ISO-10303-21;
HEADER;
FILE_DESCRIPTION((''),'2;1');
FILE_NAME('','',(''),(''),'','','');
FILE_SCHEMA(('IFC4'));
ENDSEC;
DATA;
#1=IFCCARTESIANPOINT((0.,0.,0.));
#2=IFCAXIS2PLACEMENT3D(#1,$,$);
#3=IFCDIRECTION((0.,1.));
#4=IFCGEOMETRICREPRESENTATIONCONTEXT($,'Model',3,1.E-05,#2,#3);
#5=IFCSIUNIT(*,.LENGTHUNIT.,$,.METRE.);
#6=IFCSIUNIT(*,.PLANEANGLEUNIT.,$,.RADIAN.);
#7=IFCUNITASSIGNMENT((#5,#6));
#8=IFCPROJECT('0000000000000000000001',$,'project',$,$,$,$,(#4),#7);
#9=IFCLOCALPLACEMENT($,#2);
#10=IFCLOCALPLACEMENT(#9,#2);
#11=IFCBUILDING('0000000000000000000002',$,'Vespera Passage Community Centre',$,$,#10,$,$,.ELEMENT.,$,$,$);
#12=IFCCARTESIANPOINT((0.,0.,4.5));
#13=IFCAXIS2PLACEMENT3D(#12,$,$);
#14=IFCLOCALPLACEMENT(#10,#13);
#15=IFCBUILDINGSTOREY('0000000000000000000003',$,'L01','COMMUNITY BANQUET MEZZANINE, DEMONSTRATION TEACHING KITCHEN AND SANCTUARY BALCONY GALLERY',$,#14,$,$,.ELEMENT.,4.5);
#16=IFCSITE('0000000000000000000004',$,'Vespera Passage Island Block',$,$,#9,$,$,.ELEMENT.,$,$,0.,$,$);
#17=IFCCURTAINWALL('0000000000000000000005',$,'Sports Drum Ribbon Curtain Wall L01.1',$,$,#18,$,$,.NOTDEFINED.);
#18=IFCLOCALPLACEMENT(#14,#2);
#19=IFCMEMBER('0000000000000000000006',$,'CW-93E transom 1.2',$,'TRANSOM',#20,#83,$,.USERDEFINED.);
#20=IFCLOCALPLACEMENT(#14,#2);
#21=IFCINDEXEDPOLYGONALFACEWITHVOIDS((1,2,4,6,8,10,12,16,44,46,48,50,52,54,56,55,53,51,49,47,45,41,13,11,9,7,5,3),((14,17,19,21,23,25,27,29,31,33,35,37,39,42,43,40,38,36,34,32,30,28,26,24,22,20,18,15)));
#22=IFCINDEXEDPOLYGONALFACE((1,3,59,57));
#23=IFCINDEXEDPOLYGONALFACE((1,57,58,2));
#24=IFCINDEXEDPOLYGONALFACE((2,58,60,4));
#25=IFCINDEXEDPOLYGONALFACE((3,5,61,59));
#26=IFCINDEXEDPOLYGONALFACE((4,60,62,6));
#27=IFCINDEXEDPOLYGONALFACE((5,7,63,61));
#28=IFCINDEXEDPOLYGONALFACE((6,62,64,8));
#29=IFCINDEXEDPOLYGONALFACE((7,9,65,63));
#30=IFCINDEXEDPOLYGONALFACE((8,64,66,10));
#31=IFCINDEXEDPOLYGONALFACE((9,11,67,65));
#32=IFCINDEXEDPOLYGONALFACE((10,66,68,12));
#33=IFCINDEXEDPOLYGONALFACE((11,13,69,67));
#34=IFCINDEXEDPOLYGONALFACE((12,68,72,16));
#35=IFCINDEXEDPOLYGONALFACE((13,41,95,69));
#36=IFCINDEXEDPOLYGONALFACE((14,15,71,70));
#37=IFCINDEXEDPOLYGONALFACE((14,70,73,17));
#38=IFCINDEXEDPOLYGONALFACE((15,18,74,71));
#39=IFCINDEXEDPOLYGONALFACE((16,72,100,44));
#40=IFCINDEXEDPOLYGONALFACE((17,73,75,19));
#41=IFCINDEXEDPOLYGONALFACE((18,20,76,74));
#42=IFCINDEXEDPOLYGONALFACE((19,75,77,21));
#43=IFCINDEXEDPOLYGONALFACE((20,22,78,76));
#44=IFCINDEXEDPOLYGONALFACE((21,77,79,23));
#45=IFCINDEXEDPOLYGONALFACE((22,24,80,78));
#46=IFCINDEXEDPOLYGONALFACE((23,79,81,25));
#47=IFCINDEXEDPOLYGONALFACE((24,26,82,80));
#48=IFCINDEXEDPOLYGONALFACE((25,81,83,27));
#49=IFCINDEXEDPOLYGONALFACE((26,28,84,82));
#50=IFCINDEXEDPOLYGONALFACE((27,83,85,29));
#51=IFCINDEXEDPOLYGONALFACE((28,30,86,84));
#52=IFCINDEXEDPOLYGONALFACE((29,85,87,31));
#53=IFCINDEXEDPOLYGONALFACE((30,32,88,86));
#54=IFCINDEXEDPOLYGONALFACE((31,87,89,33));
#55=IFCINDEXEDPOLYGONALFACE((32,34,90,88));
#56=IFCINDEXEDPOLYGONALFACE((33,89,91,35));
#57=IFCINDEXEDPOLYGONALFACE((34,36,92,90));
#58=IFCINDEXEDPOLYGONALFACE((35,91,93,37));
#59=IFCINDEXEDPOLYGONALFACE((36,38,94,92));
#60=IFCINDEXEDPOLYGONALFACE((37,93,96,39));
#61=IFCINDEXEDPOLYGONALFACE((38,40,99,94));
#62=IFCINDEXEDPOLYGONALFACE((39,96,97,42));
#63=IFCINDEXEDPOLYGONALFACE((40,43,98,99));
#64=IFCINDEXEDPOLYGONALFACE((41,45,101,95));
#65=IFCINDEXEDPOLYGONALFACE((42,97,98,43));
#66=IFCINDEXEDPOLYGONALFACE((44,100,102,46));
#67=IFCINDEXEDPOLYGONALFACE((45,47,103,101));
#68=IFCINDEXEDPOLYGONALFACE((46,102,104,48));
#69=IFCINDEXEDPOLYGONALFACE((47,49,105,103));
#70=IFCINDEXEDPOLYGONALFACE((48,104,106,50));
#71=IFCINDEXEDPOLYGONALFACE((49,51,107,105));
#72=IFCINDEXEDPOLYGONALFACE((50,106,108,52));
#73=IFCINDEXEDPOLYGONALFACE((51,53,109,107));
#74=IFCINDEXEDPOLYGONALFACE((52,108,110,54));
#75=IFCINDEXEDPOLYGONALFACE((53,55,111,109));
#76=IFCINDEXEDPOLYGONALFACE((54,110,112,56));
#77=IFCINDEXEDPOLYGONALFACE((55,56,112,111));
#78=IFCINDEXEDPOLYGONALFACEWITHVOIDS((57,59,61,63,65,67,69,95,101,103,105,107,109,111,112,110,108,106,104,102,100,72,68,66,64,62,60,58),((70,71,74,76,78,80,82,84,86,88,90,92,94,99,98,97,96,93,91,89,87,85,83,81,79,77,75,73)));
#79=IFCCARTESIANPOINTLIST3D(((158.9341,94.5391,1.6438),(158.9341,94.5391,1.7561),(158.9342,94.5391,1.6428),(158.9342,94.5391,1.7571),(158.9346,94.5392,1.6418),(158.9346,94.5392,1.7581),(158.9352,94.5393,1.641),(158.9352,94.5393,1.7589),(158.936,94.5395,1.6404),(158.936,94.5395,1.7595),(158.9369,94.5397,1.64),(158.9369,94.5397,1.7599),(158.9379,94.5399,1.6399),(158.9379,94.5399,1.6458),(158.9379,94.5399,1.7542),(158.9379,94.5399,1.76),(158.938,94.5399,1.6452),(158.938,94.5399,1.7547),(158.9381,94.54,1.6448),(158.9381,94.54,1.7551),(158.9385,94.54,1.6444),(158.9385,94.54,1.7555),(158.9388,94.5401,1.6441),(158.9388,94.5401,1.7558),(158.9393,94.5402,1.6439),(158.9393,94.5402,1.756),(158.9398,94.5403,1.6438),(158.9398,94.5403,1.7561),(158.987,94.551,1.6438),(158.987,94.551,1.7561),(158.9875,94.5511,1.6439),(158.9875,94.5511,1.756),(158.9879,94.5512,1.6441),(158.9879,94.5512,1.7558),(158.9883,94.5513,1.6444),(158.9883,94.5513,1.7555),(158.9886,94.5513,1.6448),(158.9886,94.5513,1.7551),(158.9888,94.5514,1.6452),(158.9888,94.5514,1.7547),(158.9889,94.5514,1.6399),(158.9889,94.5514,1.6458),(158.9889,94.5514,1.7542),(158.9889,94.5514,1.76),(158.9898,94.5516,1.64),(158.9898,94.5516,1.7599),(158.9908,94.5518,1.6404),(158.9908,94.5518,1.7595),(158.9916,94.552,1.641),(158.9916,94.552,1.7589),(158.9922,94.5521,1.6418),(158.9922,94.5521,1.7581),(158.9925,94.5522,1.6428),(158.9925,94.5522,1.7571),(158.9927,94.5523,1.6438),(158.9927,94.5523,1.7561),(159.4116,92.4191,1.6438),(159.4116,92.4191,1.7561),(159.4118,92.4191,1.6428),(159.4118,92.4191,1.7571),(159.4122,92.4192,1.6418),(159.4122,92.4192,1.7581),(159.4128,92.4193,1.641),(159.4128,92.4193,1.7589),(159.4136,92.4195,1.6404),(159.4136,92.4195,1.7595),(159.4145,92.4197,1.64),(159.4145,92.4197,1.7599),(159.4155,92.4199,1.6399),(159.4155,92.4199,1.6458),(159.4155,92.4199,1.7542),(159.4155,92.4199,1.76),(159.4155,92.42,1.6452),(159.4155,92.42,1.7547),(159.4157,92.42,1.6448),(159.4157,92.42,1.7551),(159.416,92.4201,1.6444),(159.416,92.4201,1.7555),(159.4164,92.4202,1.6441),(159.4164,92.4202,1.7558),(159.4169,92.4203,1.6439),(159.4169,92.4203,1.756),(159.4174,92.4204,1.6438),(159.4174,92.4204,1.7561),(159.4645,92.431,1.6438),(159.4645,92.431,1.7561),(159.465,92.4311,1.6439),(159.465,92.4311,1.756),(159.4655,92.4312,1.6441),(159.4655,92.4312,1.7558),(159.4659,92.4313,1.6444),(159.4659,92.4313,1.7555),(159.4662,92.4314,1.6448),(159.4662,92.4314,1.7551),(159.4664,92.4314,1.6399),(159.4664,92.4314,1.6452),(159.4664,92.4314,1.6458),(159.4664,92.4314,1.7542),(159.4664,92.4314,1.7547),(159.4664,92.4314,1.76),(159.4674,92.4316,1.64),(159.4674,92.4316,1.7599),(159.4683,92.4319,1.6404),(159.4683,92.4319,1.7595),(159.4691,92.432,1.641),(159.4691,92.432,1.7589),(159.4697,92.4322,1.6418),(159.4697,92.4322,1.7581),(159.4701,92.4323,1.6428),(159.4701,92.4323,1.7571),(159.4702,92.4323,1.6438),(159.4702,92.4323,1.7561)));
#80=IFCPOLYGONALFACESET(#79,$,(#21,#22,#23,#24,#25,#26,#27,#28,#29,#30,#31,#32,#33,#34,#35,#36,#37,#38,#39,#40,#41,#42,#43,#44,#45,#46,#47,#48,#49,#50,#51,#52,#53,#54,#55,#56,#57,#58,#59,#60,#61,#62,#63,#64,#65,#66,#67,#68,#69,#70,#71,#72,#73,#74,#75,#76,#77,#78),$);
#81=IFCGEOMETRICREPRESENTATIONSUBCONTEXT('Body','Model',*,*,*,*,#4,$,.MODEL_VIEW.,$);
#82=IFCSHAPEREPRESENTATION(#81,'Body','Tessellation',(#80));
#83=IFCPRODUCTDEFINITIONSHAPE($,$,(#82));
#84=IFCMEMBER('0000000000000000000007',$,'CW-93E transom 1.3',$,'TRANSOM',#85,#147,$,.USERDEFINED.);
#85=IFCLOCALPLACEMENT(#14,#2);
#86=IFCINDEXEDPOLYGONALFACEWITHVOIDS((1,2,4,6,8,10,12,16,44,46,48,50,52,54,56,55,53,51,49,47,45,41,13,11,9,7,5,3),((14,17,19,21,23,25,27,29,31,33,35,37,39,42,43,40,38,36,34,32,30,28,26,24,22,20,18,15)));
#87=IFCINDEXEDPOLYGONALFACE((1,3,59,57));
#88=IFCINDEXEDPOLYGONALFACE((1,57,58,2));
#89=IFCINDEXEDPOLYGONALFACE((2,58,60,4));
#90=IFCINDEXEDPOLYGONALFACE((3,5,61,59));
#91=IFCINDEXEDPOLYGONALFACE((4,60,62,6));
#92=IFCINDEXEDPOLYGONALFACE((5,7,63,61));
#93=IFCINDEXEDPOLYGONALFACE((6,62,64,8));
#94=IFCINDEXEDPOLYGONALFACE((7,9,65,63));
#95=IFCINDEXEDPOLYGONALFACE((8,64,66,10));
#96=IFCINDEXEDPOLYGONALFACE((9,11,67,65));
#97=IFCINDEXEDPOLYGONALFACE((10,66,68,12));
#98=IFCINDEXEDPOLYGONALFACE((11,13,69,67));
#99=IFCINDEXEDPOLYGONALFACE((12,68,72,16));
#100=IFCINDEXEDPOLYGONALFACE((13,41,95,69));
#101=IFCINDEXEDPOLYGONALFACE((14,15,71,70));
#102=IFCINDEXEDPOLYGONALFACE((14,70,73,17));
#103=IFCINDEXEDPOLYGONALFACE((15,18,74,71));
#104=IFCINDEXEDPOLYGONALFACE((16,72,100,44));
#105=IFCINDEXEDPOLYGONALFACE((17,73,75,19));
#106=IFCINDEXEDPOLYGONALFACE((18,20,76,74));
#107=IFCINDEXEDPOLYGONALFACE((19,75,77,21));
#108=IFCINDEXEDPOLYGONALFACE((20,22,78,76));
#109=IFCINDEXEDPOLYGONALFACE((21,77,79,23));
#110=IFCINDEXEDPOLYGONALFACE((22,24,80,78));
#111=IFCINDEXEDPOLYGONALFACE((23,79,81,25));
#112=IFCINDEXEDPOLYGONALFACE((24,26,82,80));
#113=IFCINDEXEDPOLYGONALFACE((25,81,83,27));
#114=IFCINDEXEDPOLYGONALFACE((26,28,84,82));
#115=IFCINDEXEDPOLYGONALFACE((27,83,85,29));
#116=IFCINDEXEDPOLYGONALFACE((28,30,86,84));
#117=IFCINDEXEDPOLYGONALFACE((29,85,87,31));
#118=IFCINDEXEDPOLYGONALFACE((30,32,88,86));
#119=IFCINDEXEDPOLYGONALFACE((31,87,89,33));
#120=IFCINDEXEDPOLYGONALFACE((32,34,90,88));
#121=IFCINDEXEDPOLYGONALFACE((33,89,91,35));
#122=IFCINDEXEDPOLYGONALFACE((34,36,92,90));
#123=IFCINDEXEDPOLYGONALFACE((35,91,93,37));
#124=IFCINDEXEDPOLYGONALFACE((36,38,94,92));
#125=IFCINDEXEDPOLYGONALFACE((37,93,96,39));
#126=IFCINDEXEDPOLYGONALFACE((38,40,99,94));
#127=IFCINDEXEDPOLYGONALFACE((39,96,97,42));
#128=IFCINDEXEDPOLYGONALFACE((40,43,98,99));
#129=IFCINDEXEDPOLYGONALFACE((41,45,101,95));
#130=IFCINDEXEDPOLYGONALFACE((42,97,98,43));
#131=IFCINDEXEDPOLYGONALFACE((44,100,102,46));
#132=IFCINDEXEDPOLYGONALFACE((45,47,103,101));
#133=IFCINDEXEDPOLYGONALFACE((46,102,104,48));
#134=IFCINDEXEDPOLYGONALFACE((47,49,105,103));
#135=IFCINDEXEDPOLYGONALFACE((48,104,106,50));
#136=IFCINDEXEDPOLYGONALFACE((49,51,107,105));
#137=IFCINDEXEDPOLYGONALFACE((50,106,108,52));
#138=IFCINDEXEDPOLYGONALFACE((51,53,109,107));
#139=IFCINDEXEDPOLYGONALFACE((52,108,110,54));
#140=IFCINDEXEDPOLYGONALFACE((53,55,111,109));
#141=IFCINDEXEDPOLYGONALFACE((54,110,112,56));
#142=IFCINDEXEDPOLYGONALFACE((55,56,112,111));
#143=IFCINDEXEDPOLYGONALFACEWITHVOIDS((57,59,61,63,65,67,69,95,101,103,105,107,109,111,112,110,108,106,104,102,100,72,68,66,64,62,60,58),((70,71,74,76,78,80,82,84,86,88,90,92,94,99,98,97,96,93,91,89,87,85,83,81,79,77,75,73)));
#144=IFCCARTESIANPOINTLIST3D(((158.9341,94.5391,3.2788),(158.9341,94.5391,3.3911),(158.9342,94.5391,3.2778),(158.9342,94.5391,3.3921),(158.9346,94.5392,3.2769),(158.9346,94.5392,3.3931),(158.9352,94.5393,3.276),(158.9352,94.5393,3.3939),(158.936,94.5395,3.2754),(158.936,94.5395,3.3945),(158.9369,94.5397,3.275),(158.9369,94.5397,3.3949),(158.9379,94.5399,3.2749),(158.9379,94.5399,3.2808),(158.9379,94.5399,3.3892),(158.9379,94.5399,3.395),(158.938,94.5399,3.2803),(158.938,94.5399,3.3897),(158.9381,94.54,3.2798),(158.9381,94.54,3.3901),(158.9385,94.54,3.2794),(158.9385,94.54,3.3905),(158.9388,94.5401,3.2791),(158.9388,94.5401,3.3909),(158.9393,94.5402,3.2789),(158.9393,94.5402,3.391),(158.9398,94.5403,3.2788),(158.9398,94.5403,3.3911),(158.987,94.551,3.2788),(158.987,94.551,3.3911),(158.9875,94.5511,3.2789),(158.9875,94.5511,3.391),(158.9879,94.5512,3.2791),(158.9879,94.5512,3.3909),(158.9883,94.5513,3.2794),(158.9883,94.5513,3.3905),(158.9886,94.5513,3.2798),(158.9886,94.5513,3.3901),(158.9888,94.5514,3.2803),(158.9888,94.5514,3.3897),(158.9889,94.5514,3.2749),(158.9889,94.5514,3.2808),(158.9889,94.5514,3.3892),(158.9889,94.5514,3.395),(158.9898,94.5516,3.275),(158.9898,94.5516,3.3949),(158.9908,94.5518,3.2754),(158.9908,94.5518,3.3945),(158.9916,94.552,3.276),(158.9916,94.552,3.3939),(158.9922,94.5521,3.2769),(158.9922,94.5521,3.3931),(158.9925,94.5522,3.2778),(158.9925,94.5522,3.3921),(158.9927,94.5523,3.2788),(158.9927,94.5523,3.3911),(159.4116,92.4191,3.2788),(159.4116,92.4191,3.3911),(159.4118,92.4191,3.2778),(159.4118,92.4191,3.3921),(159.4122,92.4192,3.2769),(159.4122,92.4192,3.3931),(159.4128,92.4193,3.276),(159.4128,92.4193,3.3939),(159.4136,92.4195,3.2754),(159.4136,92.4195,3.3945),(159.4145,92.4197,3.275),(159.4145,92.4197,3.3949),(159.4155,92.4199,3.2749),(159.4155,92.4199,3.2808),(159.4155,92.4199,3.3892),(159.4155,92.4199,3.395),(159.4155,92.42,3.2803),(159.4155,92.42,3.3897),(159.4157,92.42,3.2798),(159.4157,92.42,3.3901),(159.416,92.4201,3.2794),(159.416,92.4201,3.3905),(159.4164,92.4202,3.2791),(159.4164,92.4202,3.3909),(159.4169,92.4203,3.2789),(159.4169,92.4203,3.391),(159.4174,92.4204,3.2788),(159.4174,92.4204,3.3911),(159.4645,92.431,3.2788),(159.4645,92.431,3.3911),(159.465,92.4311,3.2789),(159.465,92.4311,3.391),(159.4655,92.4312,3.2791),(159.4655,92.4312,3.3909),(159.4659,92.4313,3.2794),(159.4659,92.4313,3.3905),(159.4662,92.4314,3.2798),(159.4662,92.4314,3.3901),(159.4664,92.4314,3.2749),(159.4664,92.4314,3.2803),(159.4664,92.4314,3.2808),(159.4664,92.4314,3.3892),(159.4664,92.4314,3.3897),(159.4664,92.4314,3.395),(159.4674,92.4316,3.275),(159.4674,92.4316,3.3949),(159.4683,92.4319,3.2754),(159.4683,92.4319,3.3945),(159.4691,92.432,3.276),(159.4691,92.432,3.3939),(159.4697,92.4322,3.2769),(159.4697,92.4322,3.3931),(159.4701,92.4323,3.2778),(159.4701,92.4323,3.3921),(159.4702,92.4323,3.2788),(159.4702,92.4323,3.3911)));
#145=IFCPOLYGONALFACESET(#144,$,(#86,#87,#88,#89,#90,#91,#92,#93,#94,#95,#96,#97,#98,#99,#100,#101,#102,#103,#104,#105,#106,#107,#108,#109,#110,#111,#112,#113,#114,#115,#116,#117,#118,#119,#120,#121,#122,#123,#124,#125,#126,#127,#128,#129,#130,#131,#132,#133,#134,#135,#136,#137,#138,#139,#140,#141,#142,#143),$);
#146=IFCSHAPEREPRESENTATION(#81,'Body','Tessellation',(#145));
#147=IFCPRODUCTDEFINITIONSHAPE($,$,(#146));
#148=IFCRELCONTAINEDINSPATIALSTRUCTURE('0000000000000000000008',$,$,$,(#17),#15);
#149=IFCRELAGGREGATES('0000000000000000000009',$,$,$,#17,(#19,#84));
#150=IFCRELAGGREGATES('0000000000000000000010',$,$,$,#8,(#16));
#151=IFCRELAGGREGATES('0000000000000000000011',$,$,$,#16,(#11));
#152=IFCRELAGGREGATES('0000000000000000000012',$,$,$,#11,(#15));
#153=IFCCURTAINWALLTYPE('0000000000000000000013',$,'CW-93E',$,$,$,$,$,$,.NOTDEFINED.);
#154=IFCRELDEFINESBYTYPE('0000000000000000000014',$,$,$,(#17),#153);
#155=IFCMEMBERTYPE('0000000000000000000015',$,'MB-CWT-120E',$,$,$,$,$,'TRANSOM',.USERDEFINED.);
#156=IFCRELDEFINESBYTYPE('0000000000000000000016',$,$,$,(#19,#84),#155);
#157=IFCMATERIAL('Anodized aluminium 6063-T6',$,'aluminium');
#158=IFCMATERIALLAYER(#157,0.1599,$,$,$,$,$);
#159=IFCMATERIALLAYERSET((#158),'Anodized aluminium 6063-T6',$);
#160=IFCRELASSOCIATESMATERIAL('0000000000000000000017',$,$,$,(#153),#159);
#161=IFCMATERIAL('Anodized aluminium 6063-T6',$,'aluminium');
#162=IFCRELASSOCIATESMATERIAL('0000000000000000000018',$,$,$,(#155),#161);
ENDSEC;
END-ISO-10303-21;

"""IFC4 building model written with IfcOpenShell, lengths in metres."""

from ifc_helpers import new_model, si_unit, direction, frame, origin, origin_2d, place, context, subcontext, project, spatial, hollow_rectangle, extrude, material, layer, layer_set, material_profile, profile_set, type_object, element, aggregate, save


model = new_model("IFC4")

# Units and contexts
model_context = context("Model", 3, precision=1e-05, world=origin(), true_north=direction((0.0, 1.0)))
body_context = subcontext(model_context, "Body", "Model", "MODEL_VIEW")
ifc_project = project(units=[si_unit("LENGTHUNIT", "METRE"), si_unit("PLANEANGLEUNIT", "RADIAN")], contexts=[model_context])

# Site, building, storey
site_placement = place(None, origin())
site = spatial("IfcSite", under=ifc_project, at=site_placement, Name="Vespera Passage Island Block", CompositionType="ELEMENT", RefElevation=0.0)
building_placement = place(site_placement, origin())
building = spatial("IfcBuilding", under=site, at=building_placement, Name="Vespera Passage Community Centre", CompositionType="ELEMENT")
storey_placement = place(building_placement, frame((0.0, 0.0, 4.5)))
storey = spatial("IfcBuildingStorey", under=building, at=storey_placement, Name="L01", Description="COMMUNITY BANQUET MEZZANINE, DEMONSTRATION TEACHING KITCHEN AND SANCTUARY BALCONY GALLERY", CompositionType="ELEMENT", Elevation=4.5)

# Curtain wall
ifc_material_1 = material(Name="Anodized aluminium 6063-T6", Category="aluminium")
ifc_layer_1 = layer(ifc_material_1, 0.1599)
ifc_layer_set_1 = layer_set([ifc_layer_1], Name="Anodized aluminium 6063-T6")
curtain_wall_type_1 = type_object("IfcCurtainWallType", Name="CW-93E", PredefinedType="NOTDEFINED", material=ifc_layer_set_1)
curtain_wall_1_placement = place(storey_placement, origin())
curtain_wall_1 = element("IfcCurtainWall", 1, at=curtain_wall_1_placement, inside=storey, type_object=curtain_wall_type_1, Name="Sports Drum Ribbon Curtain Wall L01.1", PredefinedType="NOTDEFINED")

# Members
ifc_material_2 = material(Name="Anodized aluminium 6063-T6", Category="aluminium")
ifc_material_profile_1 = material_profile(ifc_material_2, hollow_rectangle(XDim=0.0601, YDim=0.1201, WallThickness=0.0039, InnerFilletRadius=0.002, OuterFilletRadius=0.0039, at=origin_2d()), Name="ALU120X60X4")
ifc_profile_set_1 = profile_set([ifc_material_profile_1], Name="Anodized aluminium 6063-T6")
member_type_1 = type_object("IfcMemberType", Name="MB-CWT-120E", ElementType="TRANSOM", PredefinedType="USERDEFINED", material=ifc_profile_set_1)
member_1_placement = place(storey_placement, frame((158.9634, 94.5457, 1.7), z_axis=(0.219761, -0.975554, 0.0), x_axis=(0.975554, 0.219761, 0.0)))
member_1 = element("IfcMember", 2, at=member_1_placement, type_object=member_type_1, Name="CW-93E transom 1.2", ObjectType="TRANSOM", PredefinedType="USERDEFINED", context=body_context, shape_type="SweptSolid", body=[
    extrude(hollow_rectangle(XDim=0.0601, YDim=0.1201, WallThickness=0.0039, InnerFilletRadius=0.002, OuterFilletRadius=0.0039, at=origin_2d()), origin(), (0.0, 0.0, 1.0), 2.1731),
])
member_2_placement = place(storey_placement, frame((158.9634, 94.5457, 3.335), z_axis=(0.219761, -0.975554, 0.0), x_axis=(0.975554, 0.219761, 0.0)))
member_2 = element("IfcMember", 3, at=member_2_placement, type_object=member_type_1, Name="CW-93E transom 1.3", ObjectType="TRANSOM", PredefinedType="USERDEFINED", context=body_context, shape_type="SweptSolid", body=[
    extrude(hollow_rectangle(XDim=0.0601, YDim=0.1201, WallThickness=0.0039, InnerFilletRadius=0.002, OuterFilletRadius=0.0039, at=origin_2d()), origin(), (0.0, 0.0, 1.0), 2.1731),
])

aggregate(curtain_wall_1, [member_1, member_2])

save(model, "model.ifc")
